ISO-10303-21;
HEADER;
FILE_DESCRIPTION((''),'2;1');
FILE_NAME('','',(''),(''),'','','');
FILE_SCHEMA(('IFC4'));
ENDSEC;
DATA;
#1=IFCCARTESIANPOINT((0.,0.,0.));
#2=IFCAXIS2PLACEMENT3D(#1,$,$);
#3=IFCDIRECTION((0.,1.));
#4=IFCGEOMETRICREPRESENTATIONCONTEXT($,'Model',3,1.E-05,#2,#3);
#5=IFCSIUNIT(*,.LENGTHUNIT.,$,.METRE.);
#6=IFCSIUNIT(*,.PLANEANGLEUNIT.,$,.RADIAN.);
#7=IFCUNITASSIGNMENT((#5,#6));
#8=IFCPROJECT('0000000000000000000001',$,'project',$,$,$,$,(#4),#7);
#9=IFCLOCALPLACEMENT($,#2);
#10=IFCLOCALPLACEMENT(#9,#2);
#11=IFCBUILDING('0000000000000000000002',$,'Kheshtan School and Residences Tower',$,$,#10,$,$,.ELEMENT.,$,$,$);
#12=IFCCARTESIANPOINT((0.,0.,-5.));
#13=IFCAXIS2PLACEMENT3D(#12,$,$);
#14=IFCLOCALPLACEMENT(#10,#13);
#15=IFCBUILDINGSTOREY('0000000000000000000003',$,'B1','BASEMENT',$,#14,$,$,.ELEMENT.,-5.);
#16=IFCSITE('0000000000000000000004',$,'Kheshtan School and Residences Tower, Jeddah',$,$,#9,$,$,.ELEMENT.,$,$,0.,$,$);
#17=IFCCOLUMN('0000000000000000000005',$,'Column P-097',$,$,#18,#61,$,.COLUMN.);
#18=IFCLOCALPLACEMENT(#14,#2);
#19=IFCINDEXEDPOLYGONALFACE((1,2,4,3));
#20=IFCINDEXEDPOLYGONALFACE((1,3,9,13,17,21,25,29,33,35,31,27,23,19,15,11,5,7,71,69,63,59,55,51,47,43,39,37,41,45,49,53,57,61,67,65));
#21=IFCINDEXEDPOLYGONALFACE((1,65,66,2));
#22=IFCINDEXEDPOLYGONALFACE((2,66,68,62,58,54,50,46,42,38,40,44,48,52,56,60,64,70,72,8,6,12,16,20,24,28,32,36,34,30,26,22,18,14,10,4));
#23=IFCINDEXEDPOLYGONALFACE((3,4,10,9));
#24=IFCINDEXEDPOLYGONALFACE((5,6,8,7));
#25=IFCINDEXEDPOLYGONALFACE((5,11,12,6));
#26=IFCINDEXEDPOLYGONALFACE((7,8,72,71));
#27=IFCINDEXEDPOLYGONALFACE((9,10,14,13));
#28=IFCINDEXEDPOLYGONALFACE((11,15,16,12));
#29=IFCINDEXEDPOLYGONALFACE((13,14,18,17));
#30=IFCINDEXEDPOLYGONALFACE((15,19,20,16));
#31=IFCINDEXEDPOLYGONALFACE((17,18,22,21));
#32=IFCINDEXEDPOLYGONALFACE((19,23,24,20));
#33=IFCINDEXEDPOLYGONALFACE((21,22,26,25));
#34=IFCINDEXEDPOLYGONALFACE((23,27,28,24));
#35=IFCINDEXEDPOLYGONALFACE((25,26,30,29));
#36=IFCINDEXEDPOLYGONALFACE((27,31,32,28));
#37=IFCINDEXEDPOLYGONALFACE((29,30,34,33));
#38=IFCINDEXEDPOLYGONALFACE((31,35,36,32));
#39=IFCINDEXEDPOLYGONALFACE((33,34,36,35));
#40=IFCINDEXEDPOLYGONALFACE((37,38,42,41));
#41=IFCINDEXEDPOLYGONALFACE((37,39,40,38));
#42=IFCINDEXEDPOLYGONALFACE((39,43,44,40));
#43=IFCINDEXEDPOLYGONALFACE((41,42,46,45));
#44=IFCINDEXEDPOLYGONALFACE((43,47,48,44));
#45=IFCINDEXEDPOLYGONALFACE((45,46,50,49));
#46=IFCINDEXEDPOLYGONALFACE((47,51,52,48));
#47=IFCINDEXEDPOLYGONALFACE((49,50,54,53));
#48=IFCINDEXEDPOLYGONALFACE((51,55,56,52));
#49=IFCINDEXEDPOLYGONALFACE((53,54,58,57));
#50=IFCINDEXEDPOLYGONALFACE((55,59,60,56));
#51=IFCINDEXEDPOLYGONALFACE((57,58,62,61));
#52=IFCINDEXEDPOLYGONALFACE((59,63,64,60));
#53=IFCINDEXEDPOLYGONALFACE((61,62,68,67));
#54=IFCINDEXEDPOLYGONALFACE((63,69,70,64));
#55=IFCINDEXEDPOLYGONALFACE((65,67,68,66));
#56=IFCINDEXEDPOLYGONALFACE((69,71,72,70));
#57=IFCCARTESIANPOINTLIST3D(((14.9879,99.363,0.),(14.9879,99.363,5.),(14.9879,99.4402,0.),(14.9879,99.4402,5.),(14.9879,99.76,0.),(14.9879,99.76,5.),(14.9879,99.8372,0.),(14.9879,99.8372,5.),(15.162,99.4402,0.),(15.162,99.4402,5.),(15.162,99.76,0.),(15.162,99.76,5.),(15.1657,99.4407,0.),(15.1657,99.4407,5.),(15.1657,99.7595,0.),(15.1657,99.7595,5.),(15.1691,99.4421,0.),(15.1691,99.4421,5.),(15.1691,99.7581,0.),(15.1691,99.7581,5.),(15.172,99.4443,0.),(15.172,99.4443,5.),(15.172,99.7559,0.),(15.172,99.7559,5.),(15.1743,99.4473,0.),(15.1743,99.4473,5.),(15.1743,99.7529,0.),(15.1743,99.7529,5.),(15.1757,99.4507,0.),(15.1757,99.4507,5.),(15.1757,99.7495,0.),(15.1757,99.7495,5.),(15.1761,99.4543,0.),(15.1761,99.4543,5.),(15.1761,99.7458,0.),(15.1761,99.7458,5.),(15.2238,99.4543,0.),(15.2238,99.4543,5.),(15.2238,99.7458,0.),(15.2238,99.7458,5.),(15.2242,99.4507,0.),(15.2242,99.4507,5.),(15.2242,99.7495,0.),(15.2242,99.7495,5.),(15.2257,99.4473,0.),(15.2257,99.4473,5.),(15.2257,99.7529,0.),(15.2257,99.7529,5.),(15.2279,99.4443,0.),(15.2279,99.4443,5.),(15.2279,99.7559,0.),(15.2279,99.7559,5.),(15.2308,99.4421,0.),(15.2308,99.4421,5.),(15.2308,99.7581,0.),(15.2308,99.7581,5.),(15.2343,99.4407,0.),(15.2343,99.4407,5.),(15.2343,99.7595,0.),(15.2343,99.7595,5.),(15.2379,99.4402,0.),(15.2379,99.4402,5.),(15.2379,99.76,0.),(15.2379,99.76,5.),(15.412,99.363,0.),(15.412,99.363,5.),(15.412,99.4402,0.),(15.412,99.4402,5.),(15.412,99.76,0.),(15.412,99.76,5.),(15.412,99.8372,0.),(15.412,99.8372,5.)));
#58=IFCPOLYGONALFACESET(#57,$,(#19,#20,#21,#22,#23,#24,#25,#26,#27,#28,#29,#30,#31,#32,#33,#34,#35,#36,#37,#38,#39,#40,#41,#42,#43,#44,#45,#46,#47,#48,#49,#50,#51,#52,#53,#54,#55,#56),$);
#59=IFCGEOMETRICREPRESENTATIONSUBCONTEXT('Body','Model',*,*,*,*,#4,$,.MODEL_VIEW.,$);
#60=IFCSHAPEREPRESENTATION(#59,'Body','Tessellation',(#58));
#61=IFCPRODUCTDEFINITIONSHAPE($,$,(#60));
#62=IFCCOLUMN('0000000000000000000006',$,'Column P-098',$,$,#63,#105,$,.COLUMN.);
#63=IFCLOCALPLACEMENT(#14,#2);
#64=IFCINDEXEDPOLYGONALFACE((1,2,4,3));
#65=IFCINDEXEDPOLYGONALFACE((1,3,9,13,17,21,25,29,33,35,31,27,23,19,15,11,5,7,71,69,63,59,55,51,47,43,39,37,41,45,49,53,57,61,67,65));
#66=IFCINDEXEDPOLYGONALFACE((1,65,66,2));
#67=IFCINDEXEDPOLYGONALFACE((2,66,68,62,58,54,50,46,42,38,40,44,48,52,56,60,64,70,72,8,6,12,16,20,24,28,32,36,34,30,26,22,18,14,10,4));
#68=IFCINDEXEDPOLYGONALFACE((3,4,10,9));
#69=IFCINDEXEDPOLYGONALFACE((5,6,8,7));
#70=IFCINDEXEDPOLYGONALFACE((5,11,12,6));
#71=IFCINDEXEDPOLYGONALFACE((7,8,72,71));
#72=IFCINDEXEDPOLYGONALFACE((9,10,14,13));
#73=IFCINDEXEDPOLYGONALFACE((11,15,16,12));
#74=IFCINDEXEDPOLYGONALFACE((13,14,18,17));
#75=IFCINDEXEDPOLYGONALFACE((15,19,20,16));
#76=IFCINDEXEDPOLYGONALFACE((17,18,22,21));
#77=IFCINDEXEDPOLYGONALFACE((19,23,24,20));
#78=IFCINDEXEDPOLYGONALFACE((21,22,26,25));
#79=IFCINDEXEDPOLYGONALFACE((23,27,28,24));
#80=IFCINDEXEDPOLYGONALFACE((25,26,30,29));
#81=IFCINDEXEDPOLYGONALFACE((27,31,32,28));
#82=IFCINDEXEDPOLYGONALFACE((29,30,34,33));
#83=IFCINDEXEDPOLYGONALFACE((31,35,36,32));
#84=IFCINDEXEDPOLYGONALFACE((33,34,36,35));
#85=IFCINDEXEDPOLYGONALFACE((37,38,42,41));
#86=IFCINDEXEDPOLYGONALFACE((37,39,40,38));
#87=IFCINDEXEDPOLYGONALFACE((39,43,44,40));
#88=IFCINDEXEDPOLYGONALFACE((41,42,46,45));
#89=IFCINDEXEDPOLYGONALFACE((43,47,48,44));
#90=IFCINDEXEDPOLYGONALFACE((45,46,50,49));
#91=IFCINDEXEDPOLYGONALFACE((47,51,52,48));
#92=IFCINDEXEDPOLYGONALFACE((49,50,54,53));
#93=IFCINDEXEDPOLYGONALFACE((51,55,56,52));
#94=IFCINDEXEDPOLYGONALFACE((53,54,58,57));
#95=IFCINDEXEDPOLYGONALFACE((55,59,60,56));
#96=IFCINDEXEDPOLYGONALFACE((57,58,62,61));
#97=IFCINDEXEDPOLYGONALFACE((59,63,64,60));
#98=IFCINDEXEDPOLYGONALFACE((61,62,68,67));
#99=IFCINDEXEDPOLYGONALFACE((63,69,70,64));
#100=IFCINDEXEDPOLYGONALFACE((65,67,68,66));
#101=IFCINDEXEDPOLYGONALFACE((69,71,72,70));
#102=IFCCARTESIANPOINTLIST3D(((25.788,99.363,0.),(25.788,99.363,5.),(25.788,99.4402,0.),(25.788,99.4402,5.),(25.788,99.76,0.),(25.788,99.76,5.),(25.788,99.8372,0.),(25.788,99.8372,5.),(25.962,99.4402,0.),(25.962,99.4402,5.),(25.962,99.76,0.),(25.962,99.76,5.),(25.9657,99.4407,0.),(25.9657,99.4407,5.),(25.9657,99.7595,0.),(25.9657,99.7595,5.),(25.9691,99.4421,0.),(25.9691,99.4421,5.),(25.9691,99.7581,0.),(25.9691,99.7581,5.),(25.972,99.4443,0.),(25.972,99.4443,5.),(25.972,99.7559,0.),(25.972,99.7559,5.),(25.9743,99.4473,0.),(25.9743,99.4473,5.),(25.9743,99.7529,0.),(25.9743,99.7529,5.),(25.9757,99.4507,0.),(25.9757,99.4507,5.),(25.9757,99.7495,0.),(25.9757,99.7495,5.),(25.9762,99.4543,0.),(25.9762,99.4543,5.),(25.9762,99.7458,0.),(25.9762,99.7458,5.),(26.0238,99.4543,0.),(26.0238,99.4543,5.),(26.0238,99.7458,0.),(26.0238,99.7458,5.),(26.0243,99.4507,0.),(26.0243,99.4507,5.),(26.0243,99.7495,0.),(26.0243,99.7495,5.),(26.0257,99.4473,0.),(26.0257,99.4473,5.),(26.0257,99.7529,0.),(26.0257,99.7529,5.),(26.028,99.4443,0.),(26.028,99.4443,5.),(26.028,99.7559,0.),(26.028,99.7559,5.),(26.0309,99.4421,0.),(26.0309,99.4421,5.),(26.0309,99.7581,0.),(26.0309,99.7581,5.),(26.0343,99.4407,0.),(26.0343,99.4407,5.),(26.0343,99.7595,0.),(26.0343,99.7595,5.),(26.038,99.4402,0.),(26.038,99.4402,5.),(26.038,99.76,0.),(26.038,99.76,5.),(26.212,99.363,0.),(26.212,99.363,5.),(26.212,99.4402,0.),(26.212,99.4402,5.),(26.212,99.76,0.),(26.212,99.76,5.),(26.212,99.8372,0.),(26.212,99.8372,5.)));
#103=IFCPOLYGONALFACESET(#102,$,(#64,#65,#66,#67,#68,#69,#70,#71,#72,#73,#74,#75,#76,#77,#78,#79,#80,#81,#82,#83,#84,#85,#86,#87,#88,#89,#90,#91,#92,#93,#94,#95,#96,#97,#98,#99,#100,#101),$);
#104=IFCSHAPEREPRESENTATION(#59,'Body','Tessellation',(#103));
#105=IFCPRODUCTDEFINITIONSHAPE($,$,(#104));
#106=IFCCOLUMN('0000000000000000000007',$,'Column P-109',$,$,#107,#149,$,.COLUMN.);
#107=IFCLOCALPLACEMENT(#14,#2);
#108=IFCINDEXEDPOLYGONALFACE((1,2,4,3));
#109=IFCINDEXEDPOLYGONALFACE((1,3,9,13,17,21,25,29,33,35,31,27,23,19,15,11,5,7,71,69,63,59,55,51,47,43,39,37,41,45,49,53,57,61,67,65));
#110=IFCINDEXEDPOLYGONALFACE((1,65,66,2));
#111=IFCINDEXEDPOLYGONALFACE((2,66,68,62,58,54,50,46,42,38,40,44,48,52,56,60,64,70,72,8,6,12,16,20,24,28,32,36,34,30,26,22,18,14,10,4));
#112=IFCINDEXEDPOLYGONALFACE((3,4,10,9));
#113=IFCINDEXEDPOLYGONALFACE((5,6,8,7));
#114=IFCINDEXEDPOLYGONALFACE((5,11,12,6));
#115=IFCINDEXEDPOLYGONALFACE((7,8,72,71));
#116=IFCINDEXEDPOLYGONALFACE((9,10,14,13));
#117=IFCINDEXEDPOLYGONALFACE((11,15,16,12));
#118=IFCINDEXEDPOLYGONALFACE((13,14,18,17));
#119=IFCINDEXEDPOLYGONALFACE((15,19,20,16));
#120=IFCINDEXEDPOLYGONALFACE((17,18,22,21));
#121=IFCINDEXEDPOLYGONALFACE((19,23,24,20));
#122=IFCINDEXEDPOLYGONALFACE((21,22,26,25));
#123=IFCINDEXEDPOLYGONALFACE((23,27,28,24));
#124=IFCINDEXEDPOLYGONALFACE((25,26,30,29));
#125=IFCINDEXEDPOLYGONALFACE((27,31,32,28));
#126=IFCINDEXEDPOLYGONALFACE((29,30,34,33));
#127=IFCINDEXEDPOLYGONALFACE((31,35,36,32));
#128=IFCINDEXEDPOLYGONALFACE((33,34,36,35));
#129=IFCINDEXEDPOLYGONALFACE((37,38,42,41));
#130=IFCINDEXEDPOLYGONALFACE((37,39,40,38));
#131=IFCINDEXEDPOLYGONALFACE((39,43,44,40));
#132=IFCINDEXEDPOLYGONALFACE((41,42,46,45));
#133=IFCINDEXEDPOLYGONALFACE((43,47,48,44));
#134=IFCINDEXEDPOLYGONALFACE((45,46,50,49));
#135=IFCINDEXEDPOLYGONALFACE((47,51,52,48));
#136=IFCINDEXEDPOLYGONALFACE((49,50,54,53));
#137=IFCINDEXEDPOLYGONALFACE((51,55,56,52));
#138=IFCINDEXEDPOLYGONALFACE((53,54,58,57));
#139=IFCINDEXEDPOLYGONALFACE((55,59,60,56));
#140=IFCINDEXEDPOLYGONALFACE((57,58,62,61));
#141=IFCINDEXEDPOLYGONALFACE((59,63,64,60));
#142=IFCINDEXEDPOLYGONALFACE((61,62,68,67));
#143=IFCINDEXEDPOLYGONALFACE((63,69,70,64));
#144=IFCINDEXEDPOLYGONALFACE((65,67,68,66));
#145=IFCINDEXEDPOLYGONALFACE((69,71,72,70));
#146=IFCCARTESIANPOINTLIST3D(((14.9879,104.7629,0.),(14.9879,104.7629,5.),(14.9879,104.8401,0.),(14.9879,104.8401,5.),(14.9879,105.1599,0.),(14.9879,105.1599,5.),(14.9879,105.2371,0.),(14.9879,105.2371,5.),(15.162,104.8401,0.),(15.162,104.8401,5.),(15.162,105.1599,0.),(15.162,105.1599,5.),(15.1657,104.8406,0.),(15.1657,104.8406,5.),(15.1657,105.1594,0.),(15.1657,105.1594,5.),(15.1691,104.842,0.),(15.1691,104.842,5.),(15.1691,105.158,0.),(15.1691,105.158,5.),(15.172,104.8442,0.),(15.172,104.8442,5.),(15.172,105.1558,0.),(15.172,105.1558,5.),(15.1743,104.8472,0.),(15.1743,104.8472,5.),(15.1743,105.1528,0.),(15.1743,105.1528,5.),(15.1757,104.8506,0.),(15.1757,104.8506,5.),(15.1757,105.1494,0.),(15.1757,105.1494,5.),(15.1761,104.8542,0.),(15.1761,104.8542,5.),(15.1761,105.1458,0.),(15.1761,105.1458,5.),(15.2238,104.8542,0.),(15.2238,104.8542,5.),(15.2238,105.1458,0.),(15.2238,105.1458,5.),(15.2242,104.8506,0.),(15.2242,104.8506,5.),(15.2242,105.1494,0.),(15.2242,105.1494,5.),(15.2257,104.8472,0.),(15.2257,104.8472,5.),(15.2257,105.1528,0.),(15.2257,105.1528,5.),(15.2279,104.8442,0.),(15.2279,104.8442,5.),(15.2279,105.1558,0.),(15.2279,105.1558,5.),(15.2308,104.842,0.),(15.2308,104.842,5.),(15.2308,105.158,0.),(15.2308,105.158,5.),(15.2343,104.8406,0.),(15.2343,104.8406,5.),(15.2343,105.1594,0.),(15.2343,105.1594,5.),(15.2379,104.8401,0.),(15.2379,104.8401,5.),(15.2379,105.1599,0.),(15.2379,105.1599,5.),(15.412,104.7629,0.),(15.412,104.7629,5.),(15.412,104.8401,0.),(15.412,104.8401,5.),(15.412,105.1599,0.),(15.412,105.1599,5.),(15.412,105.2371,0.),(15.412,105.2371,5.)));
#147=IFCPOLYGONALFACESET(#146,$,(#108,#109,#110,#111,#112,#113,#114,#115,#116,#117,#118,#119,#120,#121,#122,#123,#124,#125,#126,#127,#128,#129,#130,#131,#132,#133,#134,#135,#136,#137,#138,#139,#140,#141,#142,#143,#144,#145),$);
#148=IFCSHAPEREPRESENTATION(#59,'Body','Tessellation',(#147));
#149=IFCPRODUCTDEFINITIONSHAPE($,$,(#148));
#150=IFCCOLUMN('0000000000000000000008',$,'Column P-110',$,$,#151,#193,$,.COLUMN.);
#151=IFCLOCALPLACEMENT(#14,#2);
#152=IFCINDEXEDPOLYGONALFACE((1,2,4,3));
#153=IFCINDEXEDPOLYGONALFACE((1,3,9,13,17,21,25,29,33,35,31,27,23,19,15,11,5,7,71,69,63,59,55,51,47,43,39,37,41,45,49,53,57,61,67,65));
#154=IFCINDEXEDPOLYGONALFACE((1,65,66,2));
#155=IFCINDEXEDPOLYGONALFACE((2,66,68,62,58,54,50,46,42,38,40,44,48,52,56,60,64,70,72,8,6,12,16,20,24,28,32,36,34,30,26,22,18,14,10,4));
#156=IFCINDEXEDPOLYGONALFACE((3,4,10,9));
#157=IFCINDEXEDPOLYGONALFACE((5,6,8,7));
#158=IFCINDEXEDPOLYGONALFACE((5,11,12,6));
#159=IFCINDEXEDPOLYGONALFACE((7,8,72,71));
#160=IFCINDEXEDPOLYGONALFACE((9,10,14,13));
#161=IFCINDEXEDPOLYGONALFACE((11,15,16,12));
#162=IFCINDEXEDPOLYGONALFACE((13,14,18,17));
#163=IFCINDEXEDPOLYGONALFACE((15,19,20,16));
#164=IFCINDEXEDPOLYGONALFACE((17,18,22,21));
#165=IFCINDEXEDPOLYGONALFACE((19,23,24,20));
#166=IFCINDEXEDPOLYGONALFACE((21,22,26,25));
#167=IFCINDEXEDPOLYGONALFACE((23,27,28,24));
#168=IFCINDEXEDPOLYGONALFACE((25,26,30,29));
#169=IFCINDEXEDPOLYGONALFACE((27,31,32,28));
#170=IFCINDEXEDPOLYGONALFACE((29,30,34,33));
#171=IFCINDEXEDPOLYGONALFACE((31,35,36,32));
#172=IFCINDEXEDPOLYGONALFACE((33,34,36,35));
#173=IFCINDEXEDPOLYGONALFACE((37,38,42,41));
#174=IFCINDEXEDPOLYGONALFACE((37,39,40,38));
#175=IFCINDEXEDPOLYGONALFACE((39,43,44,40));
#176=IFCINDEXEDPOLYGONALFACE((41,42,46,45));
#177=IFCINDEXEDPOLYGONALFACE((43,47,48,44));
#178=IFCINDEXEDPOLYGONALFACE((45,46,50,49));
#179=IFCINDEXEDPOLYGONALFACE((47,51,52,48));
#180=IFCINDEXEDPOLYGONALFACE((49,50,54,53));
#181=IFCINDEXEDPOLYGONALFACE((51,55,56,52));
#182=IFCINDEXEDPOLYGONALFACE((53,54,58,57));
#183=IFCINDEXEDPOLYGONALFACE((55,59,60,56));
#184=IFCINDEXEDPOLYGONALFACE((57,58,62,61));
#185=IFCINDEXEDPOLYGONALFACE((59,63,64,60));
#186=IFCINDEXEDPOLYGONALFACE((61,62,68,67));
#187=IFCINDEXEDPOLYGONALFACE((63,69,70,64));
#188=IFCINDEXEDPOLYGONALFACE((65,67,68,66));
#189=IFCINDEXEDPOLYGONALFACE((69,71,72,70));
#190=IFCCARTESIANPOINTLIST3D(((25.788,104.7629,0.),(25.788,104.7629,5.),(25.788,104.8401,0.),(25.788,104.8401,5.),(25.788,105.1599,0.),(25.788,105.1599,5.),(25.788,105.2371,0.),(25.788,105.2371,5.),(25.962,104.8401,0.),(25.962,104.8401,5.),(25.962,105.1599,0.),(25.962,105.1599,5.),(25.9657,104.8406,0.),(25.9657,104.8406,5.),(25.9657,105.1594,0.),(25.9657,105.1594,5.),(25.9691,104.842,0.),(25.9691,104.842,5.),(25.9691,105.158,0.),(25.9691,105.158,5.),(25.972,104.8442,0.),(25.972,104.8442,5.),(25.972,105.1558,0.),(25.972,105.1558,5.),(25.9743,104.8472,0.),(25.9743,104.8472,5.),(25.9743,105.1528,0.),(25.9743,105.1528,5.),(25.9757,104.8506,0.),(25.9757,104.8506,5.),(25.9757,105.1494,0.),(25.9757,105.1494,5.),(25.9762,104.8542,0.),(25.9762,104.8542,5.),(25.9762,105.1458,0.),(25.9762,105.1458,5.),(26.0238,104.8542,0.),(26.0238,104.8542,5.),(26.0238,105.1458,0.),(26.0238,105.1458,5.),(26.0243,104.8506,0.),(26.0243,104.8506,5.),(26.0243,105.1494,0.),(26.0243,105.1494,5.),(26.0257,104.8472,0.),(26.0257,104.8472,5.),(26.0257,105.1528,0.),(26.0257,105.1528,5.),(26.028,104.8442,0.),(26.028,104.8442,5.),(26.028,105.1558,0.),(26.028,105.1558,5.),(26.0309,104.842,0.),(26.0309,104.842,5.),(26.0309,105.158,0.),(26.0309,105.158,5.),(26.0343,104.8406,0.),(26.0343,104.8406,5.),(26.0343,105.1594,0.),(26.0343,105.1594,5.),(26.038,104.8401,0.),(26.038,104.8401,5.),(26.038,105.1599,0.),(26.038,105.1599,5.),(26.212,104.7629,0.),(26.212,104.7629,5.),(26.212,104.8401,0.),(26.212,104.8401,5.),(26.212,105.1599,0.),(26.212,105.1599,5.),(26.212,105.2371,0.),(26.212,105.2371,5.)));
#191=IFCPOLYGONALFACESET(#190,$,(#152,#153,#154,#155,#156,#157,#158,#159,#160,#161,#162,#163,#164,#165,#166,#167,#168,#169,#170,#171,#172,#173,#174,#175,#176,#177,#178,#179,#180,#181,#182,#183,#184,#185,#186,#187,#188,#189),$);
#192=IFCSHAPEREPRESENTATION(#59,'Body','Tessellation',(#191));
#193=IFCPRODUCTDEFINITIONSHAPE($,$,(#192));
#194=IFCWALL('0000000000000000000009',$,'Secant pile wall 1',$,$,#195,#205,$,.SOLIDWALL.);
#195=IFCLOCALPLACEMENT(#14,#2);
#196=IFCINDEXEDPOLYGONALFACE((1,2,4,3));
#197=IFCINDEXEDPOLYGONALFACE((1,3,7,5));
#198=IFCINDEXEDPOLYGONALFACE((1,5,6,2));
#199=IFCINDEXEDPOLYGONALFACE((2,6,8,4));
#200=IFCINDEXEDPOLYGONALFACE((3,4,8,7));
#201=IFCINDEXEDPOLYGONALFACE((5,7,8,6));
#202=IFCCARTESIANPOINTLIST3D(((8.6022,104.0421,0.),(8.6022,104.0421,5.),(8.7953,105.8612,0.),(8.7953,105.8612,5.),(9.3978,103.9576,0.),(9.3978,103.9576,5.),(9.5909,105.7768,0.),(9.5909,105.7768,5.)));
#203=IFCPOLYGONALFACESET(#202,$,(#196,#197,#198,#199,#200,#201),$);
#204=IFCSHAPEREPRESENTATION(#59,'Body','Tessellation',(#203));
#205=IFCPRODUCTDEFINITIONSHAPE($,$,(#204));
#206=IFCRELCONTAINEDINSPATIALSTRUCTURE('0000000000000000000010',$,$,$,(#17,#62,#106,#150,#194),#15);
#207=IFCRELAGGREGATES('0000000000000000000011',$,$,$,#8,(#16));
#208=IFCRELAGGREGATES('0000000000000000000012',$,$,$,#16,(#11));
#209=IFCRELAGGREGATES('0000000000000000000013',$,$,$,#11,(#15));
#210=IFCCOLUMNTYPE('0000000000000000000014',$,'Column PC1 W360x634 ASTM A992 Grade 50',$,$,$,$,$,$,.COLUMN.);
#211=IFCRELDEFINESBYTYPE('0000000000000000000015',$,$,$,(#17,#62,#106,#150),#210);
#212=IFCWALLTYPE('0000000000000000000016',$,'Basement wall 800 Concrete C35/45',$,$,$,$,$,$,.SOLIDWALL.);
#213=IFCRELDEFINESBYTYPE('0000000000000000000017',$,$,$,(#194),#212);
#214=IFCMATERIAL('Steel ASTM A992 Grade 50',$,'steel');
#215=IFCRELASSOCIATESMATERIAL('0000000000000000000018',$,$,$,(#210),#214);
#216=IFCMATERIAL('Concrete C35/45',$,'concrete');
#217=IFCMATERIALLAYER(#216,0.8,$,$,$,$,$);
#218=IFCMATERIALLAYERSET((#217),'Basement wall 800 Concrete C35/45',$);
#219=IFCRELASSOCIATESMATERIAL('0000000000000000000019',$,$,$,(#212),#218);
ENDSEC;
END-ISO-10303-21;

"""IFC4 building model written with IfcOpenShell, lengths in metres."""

from ifc_helpers import new_model, si_unit, direction, frame, frame_2d, origin, origin_2d, place, context, subcontext, project, spatial, rectangle, i_section, extrude, material, layer, layer_set, material_profile, profile_set, type_object, element, save


model = new_model("IFC4")

# Units and contexts
model_context = context("Model", 3, precision=1e-05, world=origin(), true_north=direction((0.0, 1.0)))
body_context = subcontext(model_context, "Body", "Model", "MODEL_VIEW")
ifc_project = project(units=[si_unit("LENGTHUNIT", "METRE"), si_unit("PLANEANGLEUNIT", "RADIAN")], contexts=[model_context])

# Site, building, storey
site_placement = place(None, origin())
site = spatial("IfcSite", under=ifc_project, at=site_placement, Name="Kheshtan School and Residences Tower, Jeddah", CompositionType="ELEMENT", RefElevation=0.0)
building_placement = place(site_placement, origin())
building = spatial("IfcBuilding", under=site, at=building_placement, Name="Kheshtan School and Residences Tower", CompositionType="ELEMENT")
storey_placement = place(building_placement, frame((0.0, 0.0, -5.0)))
storey = spatial("IfcBuildingStorey", under=building, at=storey_placement, Name="B1", Description="BASEMENT", CompositionType="ELEMENT", Elevation=-5.0)

# Columns
ifc_material_1 = material(Name="Steel ASTM A992 Grade 50", Category="steel")
ifc_material_profile = material_profile(ifc_material_1, i_section(OverallWidth=0.4241, OverallDepth=0.4741, WebThickness=0.0476, FlangeThickness=0.0771, FilletRadius=0.0142, at=origin_2d()), Name="W360x634")
ifc_profile_set = profile_set([ifc_material_profile], Name="Steel ASTM A992 Grade 50")
column_type = type_object("IfcColumnType", Name="Column PC1 W360x634 ASTM A992 Grade 50", PredefinedType="COLUMN", material=ifc_profile_set)
for number, where, z_axis, x_axis, name in (
    (1, (15.2, 99.6001, 0.0), (0.0, 0.0, 1.0), (1.0, 0.0, 0.0), "Column P-097"),
    (2, (26.0, 99.6001, 0.0), (0.0, 0.0, 1.0), (1.0, 0.0, 0.0), "Column P-098"),
    (3, (15.2, 105.0, 0.0), (0.0, 0.0, 1.0), (1.0, 0.0, 0.0), "Column P-109"),
    (4, (26.0, 105.0, 0.0), (0.0, 0.0, 1.0), (1.0, 0.0, 0.0), "Column P-110"),
):
    element("IfcColumn", number, at=place(storey_placement, frame(where, z_axis=z_axis, x_axis=x_axis)), inside=storey, type_object=column_type, Name=name, PredefinedType="COLUMN", context=body_context, shape_type="SweptSolid", body=[
        extrude(i_section(OverallWidth=0.4241, OverallDepth=0.4741, WebThickness=0.0476, FlangeThickness=0.0771, FilletRadius=0.0142, at=origin_2d()), origin(), (0.0, 0.0, 1.0), 5.0),
    ])

# Wall
ifc_material_2 = material(Name="Concrete C35/45", Category="concrete")
ifc_layer_1 = layer(ifc_material_2, 0.8)
ifc_layer_set_1 = layer_set([ifc_layer_1], Name="Basement wall 800 Concrete C35/45")
wall_type_1 = type_object("IfcWallType", Name="Basement wall 800 Concrete C35/45", PredefinedType="SOLIDWALL", material=ifc_layer_set_1)
wall_1_placement = place(storey_placement, frame((9.0, 104.0, 0.0), z_axis=(0.0, 0.0, 1.0), x_axis=(0.105567, 0.994412, 0.0)))
element("IfcWall", 5, at=wall_1_placement, inside=storey, type_object=wall_type_1, Name="Secant pile wall 1", PredefinedType="SOLIDWALL", context=body_context, shape_type="SweptSolid", body=[
    extrude(rectangle(XDim=1.8293, YDim=0.8, at=frame_2d((0.9146, 0.0))), origin(), (0.0, 0.0, 1.0), 5.0),
])

save(model, "model.ifc")
